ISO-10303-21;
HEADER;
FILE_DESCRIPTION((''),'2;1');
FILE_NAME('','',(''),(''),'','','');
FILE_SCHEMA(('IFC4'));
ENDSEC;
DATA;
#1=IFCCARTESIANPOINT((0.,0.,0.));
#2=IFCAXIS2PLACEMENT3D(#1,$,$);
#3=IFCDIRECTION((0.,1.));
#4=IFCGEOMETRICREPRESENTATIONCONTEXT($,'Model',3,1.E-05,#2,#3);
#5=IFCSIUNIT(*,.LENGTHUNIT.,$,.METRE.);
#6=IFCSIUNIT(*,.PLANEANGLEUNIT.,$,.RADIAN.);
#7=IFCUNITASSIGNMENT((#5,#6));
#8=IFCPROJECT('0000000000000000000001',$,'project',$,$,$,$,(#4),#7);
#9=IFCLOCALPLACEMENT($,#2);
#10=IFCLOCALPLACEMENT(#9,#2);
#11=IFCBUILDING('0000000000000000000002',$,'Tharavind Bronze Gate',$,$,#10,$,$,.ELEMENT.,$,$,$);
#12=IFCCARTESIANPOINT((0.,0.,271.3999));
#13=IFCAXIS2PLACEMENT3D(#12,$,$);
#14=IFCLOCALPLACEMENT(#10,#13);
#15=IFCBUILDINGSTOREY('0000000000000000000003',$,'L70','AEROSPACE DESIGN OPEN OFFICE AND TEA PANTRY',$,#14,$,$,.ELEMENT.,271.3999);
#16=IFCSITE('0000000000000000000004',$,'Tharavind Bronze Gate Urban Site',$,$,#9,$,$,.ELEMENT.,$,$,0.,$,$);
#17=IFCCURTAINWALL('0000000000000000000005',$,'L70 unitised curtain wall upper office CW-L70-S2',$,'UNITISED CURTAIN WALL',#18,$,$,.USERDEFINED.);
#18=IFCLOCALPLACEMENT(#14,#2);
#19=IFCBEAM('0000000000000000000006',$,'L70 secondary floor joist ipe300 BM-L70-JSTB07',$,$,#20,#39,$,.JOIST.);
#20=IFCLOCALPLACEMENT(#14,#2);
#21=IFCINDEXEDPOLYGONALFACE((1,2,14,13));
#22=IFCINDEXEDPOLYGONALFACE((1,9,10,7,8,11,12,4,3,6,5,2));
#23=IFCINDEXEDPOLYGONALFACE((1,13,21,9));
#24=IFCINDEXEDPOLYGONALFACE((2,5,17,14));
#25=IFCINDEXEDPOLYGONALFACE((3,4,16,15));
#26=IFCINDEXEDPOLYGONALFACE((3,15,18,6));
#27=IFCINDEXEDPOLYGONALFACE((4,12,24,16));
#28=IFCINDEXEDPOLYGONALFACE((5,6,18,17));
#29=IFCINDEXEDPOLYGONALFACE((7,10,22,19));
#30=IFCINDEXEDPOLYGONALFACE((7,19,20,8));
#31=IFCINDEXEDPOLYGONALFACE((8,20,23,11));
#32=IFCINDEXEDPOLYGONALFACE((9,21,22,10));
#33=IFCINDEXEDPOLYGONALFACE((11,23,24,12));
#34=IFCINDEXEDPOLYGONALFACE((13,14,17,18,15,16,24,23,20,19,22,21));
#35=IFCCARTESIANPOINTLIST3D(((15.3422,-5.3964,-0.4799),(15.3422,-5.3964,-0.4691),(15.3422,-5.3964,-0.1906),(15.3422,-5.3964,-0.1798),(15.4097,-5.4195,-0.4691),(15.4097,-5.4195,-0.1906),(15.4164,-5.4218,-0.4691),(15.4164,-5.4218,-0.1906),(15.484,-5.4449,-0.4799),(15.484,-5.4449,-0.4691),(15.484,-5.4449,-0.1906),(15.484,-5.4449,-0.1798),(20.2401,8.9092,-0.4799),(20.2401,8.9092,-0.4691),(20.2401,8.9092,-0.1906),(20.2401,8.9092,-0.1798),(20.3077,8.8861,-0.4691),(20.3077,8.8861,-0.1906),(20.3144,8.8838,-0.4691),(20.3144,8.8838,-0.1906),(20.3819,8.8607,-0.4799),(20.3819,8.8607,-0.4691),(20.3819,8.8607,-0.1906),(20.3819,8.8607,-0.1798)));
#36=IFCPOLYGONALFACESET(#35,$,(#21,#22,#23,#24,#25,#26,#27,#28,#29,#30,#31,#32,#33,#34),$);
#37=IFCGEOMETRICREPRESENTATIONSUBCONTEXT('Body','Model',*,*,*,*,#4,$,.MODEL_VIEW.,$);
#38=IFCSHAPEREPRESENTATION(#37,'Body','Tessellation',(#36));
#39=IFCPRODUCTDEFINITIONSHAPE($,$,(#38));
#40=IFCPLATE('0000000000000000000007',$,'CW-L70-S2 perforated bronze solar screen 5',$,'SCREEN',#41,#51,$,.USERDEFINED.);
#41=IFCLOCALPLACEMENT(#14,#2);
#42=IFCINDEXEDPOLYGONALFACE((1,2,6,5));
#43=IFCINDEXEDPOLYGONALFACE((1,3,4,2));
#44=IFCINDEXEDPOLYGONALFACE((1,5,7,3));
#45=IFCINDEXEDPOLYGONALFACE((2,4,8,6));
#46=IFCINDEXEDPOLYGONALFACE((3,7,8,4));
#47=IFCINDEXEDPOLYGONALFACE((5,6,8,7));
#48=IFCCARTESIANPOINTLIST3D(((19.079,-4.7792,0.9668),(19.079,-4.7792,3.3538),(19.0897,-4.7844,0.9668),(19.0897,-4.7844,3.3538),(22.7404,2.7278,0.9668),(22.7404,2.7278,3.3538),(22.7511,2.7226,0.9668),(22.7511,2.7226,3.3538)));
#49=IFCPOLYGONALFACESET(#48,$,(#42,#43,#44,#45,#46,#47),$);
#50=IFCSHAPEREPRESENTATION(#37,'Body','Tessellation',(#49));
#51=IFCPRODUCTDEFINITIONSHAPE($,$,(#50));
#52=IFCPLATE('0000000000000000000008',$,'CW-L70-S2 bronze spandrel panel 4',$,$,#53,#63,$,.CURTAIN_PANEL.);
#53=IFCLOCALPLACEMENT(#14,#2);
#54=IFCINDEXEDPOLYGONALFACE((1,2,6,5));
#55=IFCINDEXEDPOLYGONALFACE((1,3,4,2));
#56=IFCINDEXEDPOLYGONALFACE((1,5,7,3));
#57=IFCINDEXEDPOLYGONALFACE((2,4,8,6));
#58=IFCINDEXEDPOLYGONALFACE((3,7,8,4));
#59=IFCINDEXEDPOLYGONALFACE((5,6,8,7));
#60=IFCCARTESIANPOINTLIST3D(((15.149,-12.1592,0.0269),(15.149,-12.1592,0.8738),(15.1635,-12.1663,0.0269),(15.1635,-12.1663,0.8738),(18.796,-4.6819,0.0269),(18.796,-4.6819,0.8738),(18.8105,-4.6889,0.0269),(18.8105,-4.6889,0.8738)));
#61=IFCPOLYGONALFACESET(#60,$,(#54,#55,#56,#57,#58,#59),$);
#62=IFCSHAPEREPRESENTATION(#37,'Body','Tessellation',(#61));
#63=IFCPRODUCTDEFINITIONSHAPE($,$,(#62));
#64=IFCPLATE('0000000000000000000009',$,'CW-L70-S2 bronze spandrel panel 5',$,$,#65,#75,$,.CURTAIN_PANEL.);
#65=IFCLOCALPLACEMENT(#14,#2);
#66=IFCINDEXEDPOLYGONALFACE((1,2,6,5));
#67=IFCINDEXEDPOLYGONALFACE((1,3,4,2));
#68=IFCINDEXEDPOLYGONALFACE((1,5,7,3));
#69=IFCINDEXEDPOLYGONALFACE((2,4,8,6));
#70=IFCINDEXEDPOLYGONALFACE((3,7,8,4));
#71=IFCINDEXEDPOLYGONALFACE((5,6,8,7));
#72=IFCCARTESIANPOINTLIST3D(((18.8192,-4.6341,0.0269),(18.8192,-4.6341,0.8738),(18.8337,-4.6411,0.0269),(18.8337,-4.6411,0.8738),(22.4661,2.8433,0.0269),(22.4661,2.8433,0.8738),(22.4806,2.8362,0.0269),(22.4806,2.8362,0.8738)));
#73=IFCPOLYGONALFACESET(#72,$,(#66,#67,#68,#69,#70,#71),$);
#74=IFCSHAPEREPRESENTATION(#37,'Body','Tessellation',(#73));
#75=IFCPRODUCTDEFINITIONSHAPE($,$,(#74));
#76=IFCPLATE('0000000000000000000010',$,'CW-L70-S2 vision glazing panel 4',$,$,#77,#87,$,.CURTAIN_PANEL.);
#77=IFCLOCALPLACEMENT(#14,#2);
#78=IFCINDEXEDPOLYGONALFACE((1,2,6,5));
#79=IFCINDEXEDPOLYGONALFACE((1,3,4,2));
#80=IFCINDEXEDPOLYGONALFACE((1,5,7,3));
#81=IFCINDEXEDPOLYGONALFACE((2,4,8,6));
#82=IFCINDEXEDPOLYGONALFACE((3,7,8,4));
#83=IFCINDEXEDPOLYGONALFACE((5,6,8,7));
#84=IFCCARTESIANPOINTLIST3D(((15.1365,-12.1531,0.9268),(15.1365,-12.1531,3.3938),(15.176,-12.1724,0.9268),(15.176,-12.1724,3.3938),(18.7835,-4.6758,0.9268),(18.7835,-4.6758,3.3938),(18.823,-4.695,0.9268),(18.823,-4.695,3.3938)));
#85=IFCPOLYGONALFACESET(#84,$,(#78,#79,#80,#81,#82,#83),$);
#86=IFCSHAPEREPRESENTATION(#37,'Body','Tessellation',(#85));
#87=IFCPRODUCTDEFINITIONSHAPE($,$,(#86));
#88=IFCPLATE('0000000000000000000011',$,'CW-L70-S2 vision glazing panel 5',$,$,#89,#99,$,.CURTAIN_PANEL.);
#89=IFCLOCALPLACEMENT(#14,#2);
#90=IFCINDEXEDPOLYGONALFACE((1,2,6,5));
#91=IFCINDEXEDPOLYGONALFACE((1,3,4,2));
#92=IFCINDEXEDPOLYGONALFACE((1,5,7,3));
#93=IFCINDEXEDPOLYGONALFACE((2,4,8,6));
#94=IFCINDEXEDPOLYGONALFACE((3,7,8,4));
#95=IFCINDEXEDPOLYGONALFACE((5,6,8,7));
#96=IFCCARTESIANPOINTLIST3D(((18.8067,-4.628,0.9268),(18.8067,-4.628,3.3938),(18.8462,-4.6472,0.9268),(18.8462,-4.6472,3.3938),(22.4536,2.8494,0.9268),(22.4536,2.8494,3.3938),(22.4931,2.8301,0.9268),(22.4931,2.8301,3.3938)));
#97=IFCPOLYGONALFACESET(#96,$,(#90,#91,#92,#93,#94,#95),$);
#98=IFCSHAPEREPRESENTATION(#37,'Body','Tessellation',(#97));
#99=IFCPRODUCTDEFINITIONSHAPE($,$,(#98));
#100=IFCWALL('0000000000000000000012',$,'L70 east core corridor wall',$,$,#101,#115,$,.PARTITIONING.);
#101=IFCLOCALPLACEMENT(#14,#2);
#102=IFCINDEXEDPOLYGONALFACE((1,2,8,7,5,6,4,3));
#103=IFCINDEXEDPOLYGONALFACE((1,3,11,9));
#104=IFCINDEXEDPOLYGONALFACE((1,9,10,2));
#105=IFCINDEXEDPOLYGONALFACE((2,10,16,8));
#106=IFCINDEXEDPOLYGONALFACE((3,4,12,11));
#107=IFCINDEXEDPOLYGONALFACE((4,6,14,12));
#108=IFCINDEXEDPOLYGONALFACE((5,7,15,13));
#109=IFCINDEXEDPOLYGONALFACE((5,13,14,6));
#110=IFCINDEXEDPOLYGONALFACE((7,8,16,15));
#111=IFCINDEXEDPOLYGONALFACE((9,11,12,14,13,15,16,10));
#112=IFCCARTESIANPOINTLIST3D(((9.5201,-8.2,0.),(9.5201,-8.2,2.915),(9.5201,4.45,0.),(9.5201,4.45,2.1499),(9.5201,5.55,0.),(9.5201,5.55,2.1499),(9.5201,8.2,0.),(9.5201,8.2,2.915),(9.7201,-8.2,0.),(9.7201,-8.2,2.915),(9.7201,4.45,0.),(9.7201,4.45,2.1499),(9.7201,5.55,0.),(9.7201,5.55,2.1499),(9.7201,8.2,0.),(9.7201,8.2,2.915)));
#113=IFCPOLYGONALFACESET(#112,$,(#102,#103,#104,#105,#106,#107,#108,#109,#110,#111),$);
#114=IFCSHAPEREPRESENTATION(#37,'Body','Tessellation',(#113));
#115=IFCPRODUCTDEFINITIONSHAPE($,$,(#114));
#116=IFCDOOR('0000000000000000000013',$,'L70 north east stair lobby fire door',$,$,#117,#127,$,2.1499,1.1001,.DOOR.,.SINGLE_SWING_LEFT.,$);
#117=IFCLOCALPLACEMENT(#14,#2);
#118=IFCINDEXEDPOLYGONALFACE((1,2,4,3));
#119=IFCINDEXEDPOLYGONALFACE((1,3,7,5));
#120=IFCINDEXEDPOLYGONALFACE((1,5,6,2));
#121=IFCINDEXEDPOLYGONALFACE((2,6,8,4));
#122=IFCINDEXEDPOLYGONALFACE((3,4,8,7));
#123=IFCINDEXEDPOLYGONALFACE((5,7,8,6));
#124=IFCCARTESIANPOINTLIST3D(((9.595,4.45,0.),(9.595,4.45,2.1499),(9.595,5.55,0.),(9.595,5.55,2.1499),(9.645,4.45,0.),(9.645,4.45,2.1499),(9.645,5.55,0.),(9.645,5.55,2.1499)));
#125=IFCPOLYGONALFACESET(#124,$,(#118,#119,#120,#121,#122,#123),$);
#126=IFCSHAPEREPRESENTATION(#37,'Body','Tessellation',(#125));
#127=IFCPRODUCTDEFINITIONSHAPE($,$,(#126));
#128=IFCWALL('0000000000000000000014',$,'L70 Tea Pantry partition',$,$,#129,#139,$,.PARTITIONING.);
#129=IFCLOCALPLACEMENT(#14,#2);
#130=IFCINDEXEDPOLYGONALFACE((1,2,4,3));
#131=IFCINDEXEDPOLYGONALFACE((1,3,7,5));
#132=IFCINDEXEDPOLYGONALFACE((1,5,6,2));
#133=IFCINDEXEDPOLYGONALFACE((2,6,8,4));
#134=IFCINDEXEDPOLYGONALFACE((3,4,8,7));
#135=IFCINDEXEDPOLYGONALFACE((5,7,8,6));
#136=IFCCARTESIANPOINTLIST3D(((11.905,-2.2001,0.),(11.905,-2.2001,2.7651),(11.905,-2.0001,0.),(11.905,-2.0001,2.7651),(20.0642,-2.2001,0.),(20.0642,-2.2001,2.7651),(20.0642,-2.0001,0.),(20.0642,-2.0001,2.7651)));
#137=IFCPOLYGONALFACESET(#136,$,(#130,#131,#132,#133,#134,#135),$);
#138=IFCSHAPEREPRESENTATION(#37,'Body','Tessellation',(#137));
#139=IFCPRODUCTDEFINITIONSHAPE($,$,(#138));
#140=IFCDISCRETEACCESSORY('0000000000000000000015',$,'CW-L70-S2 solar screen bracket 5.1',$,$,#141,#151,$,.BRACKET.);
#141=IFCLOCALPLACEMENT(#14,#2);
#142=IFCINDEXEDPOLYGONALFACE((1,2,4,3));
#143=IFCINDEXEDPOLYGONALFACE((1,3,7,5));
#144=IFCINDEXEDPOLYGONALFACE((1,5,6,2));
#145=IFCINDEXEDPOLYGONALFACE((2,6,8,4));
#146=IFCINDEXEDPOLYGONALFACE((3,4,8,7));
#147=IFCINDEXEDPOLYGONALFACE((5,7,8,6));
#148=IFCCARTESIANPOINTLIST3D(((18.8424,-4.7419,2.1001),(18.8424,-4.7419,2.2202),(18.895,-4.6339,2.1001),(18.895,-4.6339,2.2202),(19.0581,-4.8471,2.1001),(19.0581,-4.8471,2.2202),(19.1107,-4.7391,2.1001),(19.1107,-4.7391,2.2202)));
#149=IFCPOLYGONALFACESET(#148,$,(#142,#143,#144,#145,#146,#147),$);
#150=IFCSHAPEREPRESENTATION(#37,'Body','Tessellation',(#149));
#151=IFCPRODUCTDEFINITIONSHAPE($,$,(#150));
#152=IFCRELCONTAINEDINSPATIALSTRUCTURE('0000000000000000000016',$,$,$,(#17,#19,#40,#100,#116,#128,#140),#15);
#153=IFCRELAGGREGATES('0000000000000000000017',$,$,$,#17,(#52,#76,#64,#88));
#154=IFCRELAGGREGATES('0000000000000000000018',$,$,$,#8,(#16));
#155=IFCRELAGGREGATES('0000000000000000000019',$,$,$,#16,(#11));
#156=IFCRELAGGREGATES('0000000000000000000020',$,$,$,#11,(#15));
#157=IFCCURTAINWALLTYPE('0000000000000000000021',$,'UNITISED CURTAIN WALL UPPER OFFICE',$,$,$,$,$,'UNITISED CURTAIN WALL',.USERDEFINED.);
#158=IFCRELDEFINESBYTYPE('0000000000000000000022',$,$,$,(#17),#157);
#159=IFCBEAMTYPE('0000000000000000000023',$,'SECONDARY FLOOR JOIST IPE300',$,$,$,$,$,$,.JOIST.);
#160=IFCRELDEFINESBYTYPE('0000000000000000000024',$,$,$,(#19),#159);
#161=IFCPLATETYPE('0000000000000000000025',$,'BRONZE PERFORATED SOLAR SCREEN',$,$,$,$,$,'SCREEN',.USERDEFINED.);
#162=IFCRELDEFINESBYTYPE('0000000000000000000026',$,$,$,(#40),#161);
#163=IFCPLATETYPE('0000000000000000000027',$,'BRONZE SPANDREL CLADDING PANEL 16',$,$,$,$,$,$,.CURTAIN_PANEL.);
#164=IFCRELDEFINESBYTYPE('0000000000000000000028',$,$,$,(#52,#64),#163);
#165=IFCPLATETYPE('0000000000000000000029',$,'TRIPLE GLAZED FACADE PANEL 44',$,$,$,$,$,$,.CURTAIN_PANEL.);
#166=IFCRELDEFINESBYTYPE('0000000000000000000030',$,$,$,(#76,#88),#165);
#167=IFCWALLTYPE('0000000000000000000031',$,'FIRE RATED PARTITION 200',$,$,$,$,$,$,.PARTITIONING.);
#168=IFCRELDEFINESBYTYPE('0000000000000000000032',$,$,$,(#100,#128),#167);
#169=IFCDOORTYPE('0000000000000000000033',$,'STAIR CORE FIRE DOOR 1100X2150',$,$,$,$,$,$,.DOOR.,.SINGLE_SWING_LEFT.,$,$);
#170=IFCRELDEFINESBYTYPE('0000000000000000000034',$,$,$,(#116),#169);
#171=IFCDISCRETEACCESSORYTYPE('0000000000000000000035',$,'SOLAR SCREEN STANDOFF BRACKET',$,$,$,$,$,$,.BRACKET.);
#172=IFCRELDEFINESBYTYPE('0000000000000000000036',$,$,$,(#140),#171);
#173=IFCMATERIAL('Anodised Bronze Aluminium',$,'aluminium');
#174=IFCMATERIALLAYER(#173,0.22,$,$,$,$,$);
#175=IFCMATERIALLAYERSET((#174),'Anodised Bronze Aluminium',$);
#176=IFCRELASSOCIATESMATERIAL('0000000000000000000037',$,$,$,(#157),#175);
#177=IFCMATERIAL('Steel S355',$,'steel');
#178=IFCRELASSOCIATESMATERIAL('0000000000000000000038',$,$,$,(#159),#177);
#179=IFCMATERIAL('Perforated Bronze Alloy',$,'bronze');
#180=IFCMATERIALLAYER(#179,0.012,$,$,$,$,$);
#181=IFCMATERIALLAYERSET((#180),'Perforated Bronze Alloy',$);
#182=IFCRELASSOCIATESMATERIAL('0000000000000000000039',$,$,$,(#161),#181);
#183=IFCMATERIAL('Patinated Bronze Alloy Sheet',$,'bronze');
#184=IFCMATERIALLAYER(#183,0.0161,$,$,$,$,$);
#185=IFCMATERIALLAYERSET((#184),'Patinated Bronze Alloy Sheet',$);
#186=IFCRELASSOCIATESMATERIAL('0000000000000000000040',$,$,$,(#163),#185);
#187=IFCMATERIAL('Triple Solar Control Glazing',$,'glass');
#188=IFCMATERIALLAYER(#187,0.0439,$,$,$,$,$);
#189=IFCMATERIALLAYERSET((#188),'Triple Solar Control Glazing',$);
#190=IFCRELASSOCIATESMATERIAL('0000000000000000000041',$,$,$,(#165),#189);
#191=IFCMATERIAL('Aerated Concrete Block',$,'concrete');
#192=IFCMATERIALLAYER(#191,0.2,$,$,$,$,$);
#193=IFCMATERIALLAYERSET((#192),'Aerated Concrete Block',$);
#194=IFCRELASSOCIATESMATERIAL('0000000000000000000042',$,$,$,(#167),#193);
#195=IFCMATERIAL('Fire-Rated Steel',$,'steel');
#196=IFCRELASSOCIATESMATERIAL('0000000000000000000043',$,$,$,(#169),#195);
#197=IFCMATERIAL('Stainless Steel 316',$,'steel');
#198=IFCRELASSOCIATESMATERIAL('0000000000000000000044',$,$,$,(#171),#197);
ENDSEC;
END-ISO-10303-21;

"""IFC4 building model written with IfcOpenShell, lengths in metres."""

from ifc_helpers import new_model, si_unit, direction, frame, frame_2d, origin, origin_2d, place, context, subcontext, project, spatial, rectangle, i_section, extrude, material, layer, layer_set, material_profile, profile_set, type_object, element, fill, aggregate, save


model = new_model("IFC4")

# Units and contexts
model_context = context("Model", 3, precision=1e-05, world=origin(), true_north=direction((0.0, 1.0)))
body_context = subcontext(model_context, "Body", "Model", "MODEL_VIEW")
ifc_project = project(units=[si_unit("LENGTHUNIT", "METRE"), si_unit("PLANEANGLEUNIT", "RADIAN")], contexts=[model_context])

# Site, building, storey
site_placement = place(None, origin())
site = spatial("IfcSite", under=ifc_project, at=site_placement, Name="Tharavind Bronze Gate Urban Site", CompositionType="ELEMENT", RefElevation=0.0)
building_placement = place(site_placement, origin())
building = spatial("IfcBuilding", under=site, at=building_placement, Name="Tharavind Bronze Gate", CompositionType="ELEMENT")
storey_placement = place(building_placement, frame((0.0, 0.0, 271.3999)))
storey = spatial("IfcBuildingStorey", under=building, at=storey_placement, Name="L70", Description="AEROSPACE DESIGN OPEN OFFICE AND TEA PANTRY", CompositionType="ELEMENT", Elevation=271.3999)

# Curtain wall
ifc_material_1 = material(Name="Anodised Bronze Aluminium", Category="aluminium")
ifc_layer_1 = layer(ifc_material_1, 0.22)
ifc_layer_set_1 = layer_set([ifc_layer_1], Name="Anodised Bronze Aluminium")
curtain_wall_type = type_object("IfcCurtainWallType", Name="UNITISED CURTAIN WALL UPPER OFFICE", ElementType="UNITISED CURTAIN WALL", PredefinedType="USERDEFINED", material=ifc_layer_set_1)
curtain_wall_placement = place(storey_placement, origin())
curtain_wall = element("IfcCurtainWall", 1, at=curtain_wall_placement, inside=storey, type_object=curtain_wall_type, Name="L70 unitised curtain wall upper office CW-L70-S2", ObjectType="UNITISED CURTAIN WALL", PredefinedType="USERDEFINED")

# Beam
ifc_material_2 = material(Name="Steel S355", Category="steel")
ifc_material_profile_1 = material_profile(ifc_material_2, i_section(OverallWidth=0.1499, OverallDepth=0.3, WebThickness=0.0071, FlangeThickness=0.0107, at=origin_2d()), Name="IPE300")
ifc_profile_set_1 = profile_set([ifc_material_profile_1], Name="Steel S355")
beam_type_1 = type_object("IfcBeamType", Name="SECONDARY FLOOR JOIST IPE300", PredefinedType="JOIST", material=ifc_profile_set_1)
beam_1_placement = place(storey_placement, frame((15.4131, -5.4207, -0.3298), z_axis=(0.323919, 0.946085, 0.0), x_axis=(-0.946085, 0.323919, 0.0)))
element("IfcBeam", 2, at=beam_1_placement, inside=storey, type_object=beam_type_1, Name="L70 secondary floor joist ipe300 BM-L70-JSTB07", PredefinedType="JOIST", context=body_context, shape_type="SweptSolid", body=[
    extrude(i_section(OverallWidth=0.1499, OverallDepth=0.3, WebThickness=0.0071, FlangeThickness=0.0107, at=origin_2d()), origin(), (0.0, 0.0, 1.0), 15.1208),
])

# Plates
ifc_material_3 = material(Name="Perforated Bronze Alloy", Category="bronze")
ifc_layer_2 = layer(ifc_material_3, 0.012)
ifc_layer_set_2 = layer_set([ifc_layer_2], Name="Perforated Bronze Alloy")
plate_type_1 = type_object("IfcPlateType", Name="BRONZE PERFORATED SOLAR SCREEN", ElementType="SCREEN", PredefinedType="USERDEFINED", material=ifc_layer_set_2)
plate_1_placement = place(storey_placement, frame((20.915, -1.0283, 0.9668), z_axis=(0.0, 0.0, 1.0), x_axis=(0.438373, 0.898793, 0.0)))
element("IfcPlate", 3, at=plate_1_placement, inside=storey, type_object=plate_type_1, Name="CW-L70-S2 perforated bronze solar screen 5", ObjectType="SCREEN", PredefinedType="USERDEFINED", context=body_context, shape_type="SweptSolid", body=[
    extrude(rectangle(XDim=8.3523, YDim=0.012, at=origin_2d()), origin(), (0.0, 0.0, 1.0), 2.387),
])
ifc_material_4 = material(Name="Patinated Bronze Alloy Sheet", Category="bronze")
ifc_layer_3 = layer(ifc_material_4, 0.0161)
ifc_layer_set_3 = layer_set([ifc_layer_3], Name="Patinated Bronze Alloy Sheet")
plate_type_2 = type_object("IfcPlateType", Name="BRONZE SPANDREL CLADDING PANEL 16", PredefinedType="CURTAIN_PANEL", material=ifc_layer_set_3)
plate_2_placement = place(storey_placement, frame((16.9797, -8.4241, 0.0269), z_axis=(0.0, 0.0, 1.0), x_axis=(0.438373, 0.898793, 0.0)))
plate_2 = element("IfcPlate", 4, at=plate_2_placement, type_object=plate_type_2, Name="CW-L70-S2 bronze spandrel panel 4", PredefinedType="CURTAIN_PANEL", context=body_context, shape_type="SweptSolid", body=[
    extrude(rectangle(XDim=8.3193, YDim=0.0161, at=origin_2d()), origin(), (0.0, 0.0, 1.0), 0.8469),
])
plate_3_placement = place(storey_placement, frame((20.6499, -0.8989, 0.0269), z_axis=(0.0, 0.0, 1.0), x_axis=(0.438373, 0.898793, 0.0)))
plate_3 = element("IfcPlate", 5, at=plate_3_placement, type_object=plate_type_2, Name="CW-L70-S2 bronze spandrel panel 5", PredefinedType="CURTAIN_PANEL", context=body_context, shape_type="SweptSolid", body=[
    extrude(rectangle(XDim=8.3193, YDim=0.0161, at=origin_2d()), origin(), (0.0, 0.0, 1.0), 0.8469),
])
ifc_material_5 = material(Name="Triple Solar Control Glazing", Category="glass")
ifc_layer_4 = layer(ifc_material_5, 0.0439)
ifc_layer_set_4 = layer_set([ifc_layer_4], Name="Triple Solar Control Glazing")
plate_type_3 = type_object("IfcPlateType", Name="TRIPLE GLAZED FACADE PANEL 44", PredefinedType="CURTAIN_PANEL", material=ifc_layer_set_4)
plate_4_placement = place(storey_placement, frame((16.9797, -8.4241, 0.9268), z_axis=(0.0, 0.0, 1.0), x_axis=(0.438373, 0.898793, 0.0)))
plate_4 = element("IfcPlate", 6, at=plate_4_placement, type_object=plate_type_3, Name="CW-L70-S2 vision glazing panel 4", PredefinedType="CURTAIN_PANEL", context=body_context, shape_type="SweptSolid", body=[
    extrude(rectangle(XDim=8.3193, YDim=0.0439, at=origin_2d()), origin(), (0.0, 0.0, 1.0), 2.467),
])
plate_5_placement = place(storey_placement, frame((20.6499, -0.8989, 0.9268), z_axis=(0.0, 0.0, 1.0), x_axis=(0.438373, 0.898793, 0.0)))
plate_5 = element("IfcPlate", 7, at=plate_5_placement, type_object=plate_type_3, Name="CW-L70-S2 vision glazing panel 5", PredefinedType="CURTAIN_PANEL", context=body_context, shape_type="SweptSolid", body=[
    extrude(rectangle(XDim=8.3193, YDim=0.0439, at=origin_2d()), origin(), (0.0, 0.0, 1.0), 2.467),
])
aggregate(curtain_wall, [plate_2, plate_4, plate_3, plate_5])

# Wall, opening, door
ifc_material_6 = material(Name="Aerated Concrete Block", Category="concrete")
ifc_layer_5 = layer(ifc_material_6, 0.2)
ifc_layer_set_5 = layer_set([ifc_layer_5], Name="Aerated Concrete Block")
wall_type = type_object("IfcWallType", Name="FIRE RATED PARTITION 200", PredefinedType="PARTITIONING", material=ifc_layer_set_5)
wall_1_placement = place(storey_placement, frame((9.6201, -8.2, 0.0), z_axis=(0.0, 0.0, 1.0), x_axis=(0.0, 1.0, 0.0)))
wall_1 = element("IfcWall", 8, at=wall_1_placement, inside=storey, type_object=wall_type, Name="L70 east core corridor wall", PredefinedType="PARTITIONING", context=body_context, shape_type="SweptSolid", body=[
    extrude(rectangle(XDim=16.3999, YDim=0.2, at=frame_2d((8.2, 0.0))), origin(), (0.0, 0.0, 1.0), 2.915),
])
opening_placement = place(wall_1_placement, frame((12.6499, 0.0, 0.0)))
opening = element("IfcOpeningElement", 9, at=opening_placement, cuts=wall_1, PredefinedType="OPENING", context=body_context, shape_type="SweptSolid", body=[
    extrude(rectangle(XDim=1.1001, YDim=2.1499, at=frame_2d((0.55, 1.075))), frame((0.0, 0.1101, 0.0), z_axis=(0.0, -1.0, 0.0), x_axis=(1.0, 0.0, 0.0)), (0.0, 0.0, 1.0), 0.22),
])
ifc_material_7 = material(Name="Fire-Rated Steel", Category="steel")
door_type = type_object("IfcDoorType", Name="STAIR CORE FIRE DOOR 1100X2150", OperationType="SINGLE_SWING_LEFT", PredefinedType="DOOR", material=ifc_material_7)
door_placement = place(opening_placement, frame((1.1001, 0.0, 0.0), z_axis=(0.0, 0.0, 1.0), x_axis=(-1.0, 0.0, 0.0)))
door = element("IfcDoor", 10, at=door_placement, inside=storey, type_object=door_type, Name="L70 north east stair lobby fire door", OperationType="SINGLE_SWING_LEFT", OverallHeight=2.1499, OverallWidth=1.1001, PredefinedType="DOOR", context=body_context, shape_type="SweptSolid", body=[
    extrude(rectangle(XDim=1.1001, YDim=2.1499, at=frame_2d((0.55, 1.075))), frame((0.0, 0.0249, 0.0), z_axis=(0.0, -1.0, 0.0), x_axis=(1.0, 0.0, 0.0)), (0.0, 0.0, 1.0), 0.05),
])
fill(opening, door)

# Wall
wall_2_placement = place(storey_placement, frame((11.905, -2.1001, 0.0), z_axis=(0.0, 0.0, 1.0), x_axis=(1.0, 0.0, 0.0)))
element("IfcWall", 11, at=wall_2_placement, inside=storey, type_object=wall_type, Name="L70 Tea Pantry partition", PredefinedType="PARTITIONING", context=body_context, shape_type="SweptSolid", body=[
    extrude(rectangle(XDim=8.1592, YDim=0.2, at=frame_2d((4.0796, 0.0))), origin(), (0.0, 0.0, 1.0), 2.7651),
])

# Discrete accessory
ifc_material_8 = material(Name="Stainless Steel 316", Category="steel")
discrete_accessory_type = type_object("IfcDiscreteAccessoryType", Name="SOLAR SCREEN STANDOFF BRACKET", PredefinedType="BRACKET", material=ifc_material_8)
discrete_accessory_placement = place(storey_placement, frame((18.9766, -4.7405, 2.1001), z_axis=(0.0, 0.0, 1.0), x_axis=(0.438373, 0.898793, 0.0)))
element("IfcDiscreteAccessory", 12, at=discrete_accessory_placement, inside=storey, type_object=discrete_accessory_type, Name="CW-L70-S2 solar screen bracket 5.1", PredefinedType="BRACKET", context=body_context, shape_type="SweptSolid", body=[
    extrude(rectangle(XDim=0.1201, YDim=0.24, at=origin_2d()), origin(), (0.0, 0.0, 1.0), 0.1201),
])

save(model, "model.ifc")
